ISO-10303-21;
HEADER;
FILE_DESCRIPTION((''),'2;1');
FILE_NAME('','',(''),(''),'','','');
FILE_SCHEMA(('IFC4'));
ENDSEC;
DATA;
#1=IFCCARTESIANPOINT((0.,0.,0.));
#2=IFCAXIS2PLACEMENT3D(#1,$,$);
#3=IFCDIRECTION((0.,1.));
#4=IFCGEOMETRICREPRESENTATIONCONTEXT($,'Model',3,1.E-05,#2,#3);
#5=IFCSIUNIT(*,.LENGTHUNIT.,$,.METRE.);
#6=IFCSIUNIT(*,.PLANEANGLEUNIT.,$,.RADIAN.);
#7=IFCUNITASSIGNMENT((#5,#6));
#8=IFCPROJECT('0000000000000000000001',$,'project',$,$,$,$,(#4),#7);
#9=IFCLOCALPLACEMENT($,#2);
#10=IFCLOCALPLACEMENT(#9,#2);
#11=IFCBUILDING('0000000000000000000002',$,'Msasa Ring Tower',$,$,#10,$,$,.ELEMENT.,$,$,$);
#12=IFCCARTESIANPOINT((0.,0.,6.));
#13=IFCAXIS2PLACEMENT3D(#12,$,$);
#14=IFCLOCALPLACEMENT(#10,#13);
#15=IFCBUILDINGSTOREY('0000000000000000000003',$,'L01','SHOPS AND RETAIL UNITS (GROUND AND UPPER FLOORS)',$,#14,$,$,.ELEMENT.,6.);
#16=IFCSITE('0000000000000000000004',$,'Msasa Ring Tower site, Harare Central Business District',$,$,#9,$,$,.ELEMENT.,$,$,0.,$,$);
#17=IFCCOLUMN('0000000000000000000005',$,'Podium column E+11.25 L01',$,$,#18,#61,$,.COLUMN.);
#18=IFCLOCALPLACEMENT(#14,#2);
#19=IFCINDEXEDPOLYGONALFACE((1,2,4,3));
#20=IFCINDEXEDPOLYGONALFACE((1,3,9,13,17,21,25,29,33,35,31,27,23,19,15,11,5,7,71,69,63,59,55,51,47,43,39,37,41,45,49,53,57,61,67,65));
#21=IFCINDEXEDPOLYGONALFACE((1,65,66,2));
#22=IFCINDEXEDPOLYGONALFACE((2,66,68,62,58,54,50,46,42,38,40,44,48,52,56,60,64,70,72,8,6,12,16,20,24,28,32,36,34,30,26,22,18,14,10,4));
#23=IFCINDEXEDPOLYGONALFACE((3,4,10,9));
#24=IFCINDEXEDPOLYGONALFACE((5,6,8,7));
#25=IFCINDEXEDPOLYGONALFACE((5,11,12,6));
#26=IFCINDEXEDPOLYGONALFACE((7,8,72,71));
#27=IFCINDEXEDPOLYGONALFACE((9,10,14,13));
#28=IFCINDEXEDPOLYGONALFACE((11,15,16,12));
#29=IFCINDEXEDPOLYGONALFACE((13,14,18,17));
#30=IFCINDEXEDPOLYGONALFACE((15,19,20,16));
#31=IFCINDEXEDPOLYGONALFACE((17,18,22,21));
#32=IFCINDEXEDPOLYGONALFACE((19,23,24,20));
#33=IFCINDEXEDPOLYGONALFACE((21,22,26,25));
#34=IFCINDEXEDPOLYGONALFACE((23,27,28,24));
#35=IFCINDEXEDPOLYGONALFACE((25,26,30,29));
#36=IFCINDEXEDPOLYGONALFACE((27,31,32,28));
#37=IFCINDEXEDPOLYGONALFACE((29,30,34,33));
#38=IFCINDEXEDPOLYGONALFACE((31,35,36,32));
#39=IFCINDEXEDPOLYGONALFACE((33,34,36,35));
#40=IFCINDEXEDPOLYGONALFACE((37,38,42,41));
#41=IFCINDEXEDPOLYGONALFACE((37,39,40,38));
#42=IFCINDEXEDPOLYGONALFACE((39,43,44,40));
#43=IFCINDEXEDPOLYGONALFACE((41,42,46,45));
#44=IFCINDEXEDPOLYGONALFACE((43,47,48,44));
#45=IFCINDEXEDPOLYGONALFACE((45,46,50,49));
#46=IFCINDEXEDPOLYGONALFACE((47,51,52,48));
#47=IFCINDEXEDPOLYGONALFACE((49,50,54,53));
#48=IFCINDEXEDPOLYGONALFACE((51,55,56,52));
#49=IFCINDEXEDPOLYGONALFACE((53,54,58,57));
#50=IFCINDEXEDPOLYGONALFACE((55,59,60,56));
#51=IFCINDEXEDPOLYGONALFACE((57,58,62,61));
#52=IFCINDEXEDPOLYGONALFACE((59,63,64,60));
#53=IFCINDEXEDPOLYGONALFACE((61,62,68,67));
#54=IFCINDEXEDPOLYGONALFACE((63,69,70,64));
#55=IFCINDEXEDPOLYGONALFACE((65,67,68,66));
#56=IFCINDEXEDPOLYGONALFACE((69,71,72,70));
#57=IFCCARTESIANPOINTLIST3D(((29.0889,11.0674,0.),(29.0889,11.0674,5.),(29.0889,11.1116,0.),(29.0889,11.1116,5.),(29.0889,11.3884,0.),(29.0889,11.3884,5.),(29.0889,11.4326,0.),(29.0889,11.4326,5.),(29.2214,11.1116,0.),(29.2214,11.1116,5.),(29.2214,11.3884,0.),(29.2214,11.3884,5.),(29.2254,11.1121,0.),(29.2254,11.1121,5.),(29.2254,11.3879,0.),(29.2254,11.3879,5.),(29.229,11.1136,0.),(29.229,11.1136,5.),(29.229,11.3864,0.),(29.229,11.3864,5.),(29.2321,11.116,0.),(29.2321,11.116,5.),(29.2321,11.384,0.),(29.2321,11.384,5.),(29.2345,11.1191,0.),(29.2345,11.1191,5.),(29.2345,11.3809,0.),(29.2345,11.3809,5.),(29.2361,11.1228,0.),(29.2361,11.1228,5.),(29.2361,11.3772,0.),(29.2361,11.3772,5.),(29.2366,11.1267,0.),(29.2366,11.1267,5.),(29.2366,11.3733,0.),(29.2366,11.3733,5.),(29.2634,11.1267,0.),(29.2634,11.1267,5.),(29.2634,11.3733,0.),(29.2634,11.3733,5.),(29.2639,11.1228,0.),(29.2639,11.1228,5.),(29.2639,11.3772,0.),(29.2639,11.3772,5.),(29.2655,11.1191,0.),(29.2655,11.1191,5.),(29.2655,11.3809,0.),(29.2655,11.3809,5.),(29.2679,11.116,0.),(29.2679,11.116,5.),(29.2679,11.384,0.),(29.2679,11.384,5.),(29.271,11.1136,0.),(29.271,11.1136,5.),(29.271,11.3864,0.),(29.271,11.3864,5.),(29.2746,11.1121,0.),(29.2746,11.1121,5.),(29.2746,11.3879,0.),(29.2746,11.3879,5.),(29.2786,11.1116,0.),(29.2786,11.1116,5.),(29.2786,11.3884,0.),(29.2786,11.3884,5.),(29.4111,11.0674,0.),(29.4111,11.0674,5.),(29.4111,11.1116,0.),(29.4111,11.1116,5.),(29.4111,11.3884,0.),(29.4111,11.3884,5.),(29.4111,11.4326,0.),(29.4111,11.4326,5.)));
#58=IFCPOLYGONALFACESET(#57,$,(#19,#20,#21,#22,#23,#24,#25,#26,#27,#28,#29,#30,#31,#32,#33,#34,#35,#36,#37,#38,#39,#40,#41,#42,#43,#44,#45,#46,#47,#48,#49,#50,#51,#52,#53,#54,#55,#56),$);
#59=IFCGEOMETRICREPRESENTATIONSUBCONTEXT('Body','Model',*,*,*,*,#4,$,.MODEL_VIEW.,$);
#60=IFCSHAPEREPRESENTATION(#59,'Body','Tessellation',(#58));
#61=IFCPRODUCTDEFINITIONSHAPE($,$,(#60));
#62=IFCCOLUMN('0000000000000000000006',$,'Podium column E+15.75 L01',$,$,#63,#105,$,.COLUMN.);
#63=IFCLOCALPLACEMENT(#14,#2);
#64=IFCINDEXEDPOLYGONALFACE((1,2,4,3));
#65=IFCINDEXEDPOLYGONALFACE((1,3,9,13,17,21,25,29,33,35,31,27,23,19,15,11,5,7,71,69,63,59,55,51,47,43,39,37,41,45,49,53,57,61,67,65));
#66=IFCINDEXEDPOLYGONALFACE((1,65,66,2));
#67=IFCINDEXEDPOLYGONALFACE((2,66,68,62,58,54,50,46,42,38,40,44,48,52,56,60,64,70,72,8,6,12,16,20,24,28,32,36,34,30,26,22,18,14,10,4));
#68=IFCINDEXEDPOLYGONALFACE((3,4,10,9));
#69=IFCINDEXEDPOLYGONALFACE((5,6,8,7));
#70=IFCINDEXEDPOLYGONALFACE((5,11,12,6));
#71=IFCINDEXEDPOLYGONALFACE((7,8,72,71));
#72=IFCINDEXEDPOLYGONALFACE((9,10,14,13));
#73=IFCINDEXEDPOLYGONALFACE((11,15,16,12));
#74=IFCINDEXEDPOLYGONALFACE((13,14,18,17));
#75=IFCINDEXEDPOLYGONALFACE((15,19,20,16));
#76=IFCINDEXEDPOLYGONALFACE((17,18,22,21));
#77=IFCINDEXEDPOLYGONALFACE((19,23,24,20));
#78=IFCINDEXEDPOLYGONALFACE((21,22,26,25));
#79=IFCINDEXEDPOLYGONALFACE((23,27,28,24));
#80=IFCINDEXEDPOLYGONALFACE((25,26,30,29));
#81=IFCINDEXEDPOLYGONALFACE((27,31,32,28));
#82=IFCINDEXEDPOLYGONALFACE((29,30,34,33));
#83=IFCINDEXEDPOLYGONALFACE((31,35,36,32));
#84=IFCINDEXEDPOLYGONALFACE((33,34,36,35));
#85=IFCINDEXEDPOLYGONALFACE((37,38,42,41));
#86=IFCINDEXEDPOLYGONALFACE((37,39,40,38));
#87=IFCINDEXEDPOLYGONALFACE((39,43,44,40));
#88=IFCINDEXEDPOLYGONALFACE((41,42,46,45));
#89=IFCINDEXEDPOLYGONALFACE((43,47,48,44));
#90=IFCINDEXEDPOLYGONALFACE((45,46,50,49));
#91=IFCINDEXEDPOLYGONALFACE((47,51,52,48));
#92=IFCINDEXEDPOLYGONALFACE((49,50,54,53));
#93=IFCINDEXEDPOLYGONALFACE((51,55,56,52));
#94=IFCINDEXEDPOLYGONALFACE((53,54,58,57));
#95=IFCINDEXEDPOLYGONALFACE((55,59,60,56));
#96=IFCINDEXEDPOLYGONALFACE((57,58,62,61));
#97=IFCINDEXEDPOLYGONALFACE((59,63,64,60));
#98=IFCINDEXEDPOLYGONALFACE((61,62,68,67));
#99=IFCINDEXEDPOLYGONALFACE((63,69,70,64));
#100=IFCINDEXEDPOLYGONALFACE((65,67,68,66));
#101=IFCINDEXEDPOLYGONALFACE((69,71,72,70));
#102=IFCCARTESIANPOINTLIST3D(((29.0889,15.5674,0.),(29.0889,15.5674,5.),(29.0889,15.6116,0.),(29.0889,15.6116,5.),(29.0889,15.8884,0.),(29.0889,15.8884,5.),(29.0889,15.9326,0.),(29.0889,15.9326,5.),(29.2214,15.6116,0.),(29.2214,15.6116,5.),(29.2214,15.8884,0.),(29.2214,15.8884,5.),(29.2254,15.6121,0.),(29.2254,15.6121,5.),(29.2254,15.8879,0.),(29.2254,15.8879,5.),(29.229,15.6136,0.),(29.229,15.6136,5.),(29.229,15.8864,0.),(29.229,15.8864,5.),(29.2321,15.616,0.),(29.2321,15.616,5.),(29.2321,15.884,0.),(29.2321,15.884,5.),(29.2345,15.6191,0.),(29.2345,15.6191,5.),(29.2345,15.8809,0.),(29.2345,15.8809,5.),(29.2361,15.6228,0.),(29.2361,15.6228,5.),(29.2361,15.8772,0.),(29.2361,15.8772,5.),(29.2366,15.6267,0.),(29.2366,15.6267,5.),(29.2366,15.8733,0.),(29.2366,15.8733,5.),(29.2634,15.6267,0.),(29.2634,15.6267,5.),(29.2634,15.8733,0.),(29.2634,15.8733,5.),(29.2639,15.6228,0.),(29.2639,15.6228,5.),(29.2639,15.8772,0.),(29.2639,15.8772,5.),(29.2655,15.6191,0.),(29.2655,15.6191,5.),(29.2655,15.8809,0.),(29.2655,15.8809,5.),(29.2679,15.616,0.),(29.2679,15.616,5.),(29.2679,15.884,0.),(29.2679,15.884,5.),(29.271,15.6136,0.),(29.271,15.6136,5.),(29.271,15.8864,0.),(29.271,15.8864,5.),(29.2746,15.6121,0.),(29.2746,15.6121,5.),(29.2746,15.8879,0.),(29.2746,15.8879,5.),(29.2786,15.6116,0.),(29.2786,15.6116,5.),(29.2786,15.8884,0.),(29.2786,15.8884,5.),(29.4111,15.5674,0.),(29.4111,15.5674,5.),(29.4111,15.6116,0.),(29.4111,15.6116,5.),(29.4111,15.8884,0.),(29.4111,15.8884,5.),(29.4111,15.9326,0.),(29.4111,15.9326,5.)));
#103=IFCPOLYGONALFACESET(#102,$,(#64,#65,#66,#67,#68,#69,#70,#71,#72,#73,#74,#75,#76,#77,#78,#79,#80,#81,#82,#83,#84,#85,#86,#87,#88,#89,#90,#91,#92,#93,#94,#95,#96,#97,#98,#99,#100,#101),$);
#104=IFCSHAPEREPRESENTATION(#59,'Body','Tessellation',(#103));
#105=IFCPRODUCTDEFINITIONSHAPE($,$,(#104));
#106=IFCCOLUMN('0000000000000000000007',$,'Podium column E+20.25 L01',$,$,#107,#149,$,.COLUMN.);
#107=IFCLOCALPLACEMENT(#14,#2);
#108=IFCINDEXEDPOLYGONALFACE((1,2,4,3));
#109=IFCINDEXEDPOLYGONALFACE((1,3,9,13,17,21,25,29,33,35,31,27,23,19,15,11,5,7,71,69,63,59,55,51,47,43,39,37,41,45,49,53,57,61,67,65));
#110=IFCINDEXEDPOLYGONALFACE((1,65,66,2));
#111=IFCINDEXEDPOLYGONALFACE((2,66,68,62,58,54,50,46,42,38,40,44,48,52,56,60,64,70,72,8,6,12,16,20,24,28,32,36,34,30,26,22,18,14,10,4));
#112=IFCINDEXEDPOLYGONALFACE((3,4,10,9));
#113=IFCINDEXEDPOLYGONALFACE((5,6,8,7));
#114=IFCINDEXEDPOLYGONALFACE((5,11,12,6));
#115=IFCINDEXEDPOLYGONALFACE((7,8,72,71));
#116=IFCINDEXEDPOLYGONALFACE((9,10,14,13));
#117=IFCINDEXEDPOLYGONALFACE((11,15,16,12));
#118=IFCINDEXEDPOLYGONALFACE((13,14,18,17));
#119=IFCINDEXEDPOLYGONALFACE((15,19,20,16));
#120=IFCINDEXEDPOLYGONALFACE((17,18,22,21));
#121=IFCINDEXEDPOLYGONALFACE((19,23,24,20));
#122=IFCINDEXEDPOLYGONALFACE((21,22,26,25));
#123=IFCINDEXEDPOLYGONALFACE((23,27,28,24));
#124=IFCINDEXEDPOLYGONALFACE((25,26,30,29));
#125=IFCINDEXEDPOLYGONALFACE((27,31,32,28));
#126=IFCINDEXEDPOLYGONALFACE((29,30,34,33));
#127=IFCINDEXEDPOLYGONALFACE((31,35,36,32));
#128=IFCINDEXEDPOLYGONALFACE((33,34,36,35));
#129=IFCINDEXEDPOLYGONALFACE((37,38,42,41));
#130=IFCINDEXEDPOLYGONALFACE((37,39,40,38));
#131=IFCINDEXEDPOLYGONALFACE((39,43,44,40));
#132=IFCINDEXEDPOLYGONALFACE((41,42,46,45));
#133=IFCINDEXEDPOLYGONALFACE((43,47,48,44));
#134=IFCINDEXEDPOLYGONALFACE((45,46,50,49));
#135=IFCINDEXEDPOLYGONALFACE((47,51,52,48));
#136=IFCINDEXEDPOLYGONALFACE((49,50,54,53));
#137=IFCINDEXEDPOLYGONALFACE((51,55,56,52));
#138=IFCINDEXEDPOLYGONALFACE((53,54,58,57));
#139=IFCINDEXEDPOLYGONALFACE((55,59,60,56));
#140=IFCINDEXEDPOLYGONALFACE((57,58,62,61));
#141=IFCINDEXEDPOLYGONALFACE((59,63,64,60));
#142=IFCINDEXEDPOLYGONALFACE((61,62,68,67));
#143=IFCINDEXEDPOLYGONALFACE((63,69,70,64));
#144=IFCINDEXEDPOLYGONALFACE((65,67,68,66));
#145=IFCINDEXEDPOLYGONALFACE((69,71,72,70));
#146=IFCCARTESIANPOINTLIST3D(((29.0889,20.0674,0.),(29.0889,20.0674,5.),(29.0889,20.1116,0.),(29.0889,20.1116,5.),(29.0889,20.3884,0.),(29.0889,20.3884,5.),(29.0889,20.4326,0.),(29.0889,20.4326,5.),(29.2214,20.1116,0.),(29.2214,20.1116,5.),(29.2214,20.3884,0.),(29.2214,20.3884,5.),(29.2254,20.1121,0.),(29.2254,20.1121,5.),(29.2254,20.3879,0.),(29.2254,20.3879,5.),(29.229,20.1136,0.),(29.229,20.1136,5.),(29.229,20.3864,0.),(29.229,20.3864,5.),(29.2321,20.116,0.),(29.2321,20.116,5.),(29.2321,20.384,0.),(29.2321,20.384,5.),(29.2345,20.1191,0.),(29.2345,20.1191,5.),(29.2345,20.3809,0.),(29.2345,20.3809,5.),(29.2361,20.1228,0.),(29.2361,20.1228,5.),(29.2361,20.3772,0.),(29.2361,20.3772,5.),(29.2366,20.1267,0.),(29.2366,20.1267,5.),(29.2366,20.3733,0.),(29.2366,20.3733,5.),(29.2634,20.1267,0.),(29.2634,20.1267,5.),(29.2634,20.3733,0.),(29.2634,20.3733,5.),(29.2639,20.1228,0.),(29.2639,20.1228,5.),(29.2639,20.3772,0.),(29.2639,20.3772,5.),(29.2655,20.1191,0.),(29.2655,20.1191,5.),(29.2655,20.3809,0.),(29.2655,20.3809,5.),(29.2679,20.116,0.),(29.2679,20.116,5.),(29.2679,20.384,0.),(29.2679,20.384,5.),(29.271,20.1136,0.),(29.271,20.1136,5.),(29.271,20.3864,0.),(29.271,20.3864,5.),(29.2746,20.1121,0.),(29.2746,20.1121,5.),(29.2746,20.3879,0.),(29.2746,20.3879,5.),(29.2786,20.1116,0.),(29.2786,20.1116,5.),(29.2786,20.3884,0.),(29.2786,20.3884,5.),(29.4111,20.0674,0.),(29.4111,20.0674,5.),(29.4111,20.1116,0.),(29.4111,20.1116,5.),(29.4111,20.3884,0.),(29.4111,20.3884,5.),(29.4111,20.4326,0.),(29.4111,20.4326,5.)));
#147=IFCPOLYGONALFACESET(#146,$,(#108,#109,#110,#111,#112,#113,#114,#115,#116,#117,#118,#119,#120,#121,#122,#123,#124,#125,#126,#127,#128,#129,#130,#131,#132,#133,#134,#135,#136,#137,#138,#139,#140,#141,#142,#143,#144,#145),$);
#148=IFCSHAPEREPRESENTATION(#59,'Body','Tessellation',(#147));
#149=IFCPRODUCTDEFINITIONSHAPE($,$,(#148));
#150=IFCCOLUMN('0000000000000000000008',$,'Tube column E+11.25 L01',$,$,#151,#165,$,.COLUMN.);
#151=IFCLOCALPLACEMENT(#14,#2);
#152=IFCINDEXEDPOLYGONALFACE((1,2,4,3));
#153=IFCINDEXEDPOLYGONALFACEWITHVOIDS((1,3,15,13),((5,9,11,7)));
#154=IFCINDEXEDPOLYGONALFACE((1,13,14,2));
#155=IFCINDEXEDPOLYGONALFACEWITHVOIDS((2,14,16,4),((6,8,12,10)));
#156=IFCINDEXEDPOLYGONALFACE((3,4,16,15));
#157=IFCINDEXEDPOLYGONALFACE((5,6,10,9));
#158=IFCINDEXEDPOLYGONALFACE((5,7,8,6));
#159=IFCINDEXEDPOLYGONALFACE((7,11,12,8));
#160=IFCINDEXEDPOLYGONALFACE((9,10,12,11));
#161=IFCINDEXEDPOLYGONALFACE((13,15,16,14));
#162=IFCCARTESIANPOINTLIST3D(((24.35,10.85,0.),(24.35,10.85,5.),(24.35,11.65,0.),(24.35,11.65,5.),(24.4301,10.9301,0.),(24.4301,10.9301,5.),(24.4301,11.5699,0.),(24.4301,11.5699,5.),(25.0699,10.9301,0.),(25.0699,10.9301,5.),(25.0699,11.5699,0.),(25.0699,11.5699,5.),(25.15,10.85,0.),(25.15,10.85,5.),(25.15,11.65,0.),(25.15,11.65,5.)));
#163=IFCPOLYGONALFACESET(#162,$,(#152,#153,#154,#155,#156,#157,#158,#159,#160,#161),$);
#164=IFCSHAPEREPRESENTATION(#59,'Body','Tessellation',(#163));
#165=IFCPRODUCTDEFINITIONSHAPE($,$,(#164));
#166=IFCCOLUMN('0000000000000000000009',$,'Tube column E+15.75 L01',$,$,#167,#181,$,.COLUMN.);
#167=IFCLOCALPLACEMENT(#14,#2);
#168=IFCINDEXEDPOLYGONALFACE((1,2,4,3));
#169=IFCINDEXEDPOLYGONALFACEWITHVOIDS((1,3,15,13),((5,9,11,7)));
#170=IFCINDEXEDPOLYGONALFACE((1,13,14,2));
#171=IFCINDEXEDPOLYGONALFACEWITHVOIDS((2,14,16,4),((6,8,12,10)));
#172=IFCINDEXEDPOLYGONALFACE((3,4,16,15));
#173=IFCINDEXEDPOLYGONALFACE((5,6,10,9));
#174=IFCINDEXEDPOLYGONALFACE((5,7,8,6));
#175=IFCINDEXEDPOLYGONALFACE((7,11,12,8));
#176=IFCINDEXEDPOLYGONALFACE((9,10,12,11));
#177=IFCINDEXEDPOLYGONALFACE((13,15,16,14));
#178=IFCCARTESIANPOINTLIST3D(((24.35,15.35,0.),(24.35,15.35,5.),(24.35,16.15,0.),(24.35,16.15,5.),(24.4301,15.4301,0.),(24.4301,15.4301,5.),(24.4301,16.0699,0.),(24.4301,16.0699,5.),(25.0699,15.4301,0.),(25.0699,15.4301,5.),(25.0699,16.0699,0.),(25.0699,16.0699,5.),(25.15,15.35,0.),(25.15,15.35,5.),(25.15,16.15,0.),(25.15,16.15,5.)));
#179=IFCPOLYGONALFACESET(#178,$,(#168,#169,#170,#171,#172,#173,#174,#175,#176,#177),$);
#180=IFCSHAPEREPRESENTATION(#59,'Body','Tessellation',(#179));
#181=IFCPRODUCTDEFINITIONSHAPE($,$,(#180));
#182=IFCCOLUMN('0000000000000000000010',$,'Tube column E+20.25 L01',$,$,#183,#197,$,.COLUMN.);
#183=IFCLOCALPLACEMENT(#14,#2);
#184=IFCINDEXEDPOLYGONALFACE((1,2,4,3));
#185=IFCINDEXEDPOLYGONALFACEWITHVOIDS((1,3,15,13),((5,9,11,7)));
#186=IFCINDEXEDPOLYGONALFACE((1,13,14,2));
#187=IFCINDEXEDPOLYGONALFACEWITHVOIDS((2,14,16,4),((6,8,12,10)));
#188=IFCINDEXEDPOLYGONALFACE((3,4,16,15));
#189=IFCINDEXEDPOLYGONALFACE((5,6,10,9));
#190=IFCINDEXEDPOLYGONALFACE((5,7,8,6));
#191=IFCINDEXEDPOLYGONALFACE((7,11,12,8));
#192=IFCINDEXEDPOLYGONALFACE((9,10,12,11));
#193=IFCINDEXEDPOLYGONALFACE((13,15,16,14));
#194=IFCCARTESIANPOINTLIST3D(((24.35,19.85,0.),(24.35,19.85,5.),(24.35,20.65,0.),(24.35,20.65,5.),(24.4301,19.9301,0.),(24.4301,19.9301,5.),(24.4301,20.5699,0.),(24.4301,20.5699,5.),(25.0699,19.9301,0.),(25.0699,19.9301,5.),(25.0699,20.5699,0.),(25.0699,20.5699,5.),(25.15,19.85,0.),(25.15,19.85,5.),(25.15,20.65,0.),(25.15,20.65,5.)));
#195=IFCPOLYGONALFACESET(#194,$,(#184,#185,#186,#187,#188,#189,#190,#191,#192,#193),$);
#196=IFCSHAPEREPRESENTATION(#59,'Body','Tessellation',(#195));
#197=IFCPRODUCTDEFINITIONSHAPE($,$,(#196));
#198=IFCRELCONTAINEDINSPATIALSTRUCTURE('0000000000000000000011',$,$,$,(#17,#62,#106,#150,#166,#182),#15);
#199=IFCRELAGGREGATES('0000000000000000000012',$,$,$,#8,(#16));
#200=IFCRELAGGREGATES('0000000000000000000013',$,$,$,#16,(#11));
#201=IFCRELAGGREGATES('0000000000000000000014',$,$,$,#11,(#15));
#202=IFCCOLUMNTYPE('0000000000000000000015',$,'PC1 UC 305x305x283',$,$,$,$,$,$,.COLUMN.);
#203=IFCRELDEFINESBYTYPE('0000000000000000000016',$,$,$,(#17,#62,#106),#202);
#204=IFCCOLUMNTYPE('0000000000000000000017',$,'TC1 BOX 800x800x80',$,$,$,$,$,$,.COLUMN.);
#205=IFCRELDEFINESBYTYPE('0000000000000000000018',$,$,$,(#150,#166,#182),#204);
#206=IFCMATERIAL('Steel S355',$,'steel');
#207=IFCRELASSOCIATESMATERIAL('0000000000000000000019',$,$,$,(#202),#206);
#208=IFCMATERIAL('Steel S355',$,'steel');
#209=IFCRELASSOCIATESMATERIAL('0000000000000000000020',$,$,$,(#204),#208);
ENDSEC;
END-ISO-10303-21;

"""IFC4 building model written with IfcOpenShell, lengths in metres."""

from ifc_helpers import new_model, si_unit, direction, frame, origin, origin_2d, place, context, subcontext, project, spatial, hollow_rectangle, i_section, extrude, material, material_profile, profile_set, type_object, element, save


model = new_model("IFC4")

# Units and contexts
model_context = context("Model", 3, precision=1e-05, world=origin(), true_north=direction((0.0, 1.0)))
body_context = subcontext(model_context, "Body", "Model", "MODEL_VIEW")
ifc_project = project(units=[si_unit("LENGTHUNIT", "METRE"), si_unit("PLANEANGLEUNIT", "RADIAN")], contexts=[model_context])

# Site, building, storey
site_placement = place(None, origin())
site = spatial("IfcSite", under=ifc_project, at=site_placement, Name="Msasa Ring Tower site, Harare Central Business District", CompositionType="ELEMENT", RefElevation=0.0)
building_placement = place(site_placement, origin())
building = spatial("IfcBuilding", under=site, at=building_placement, Name="Msasa Ring Tower", CompositionType="ELEMENT")
storey_placement = place(building_placement, frame((0.0, 0.0, 6.0)))
storey = spatial("IfcBuildingStorey", under=building, at=storey_placement, Name="L01", Description="SHOPS AND RETAIL UNITS (GROUND AND UPPER FLOORS)", CompositionType="ELEMENT", Elevation=6.0)

# Columns
ifc_material_1 = material(Name="Steel S355", Category="steel")
ifc_material_profile_1 = material_profile(ifc_material_1, i_section(OverallWidth=0.3223, OverallDepth=0.3652, WebThickness=0.0269, FlangeThickness=0.0442, FilletRadius=0.0151, at=origin_2d()), Name="UC 305x305x283")
ifc_profile_set_1 = profile_set([ifc_material_profile_1], Name="Steel S355")
column_type_1 = type_object("IfcColumnType", Name="PC1 UC 305x305x283", PredefinedType="COLUMN", material=ifc_profile_set_1)
for number, where, z_axis, x_axis, name in (
    (1, (29.25, 11.25, 0.0), (0.0, 0.0, 1.0), (1.0, 0.0, 0.0), "Podium column E+11.25 L01"),
    (2, (29.25, 15.75, 0.0), (0.0, 0.0, 1.0), (1.0, 0.0, 0.0), "Podium column E+15.75 L01"),
    (3, (29.25, 20.25, 0.0), (0.0, 0.0, 1.0), (1.0, 0.0, 0.0), "Podium column E+20.25 L01"),
):
    element("IfcColumn", number, at=place(storey_placement, frame(where, z_axis=z_axis, x_axis=x_axis)), inside=storey, type_object=column_type_1, Name=name, PredefinedType="COLUMN", context=body_context, shape_type="SweptSolid", body=[
        extrude(i_section(OverallWidth=0.3223, OverallDepth=0.3652, WebThickness=0.0269, FlangeThickness=0.0442, FilletRadius=0.0151, at=origin_2d()), origin(), (0.0, 0.0, 1.0), 5.0),
    ])
ifc_material_2 = material(Name="Steel S355", Category="steel")
ifc_material_profile_2 = material_profile(ifc_material_2, hollow_rectangle(XDim=0.8, YDim=0.8, WallThickness=0.0801, at=origin_2d()), Name="BOX 800x800x80")
ifc_profile_set_2 = profile_set([ifc_material_profile_2], Name="Steel S355")
column_type_2 = type_object("IfcColumnType", Name="TC1 BOX 800x800x80", PredefinedType="COLUMN", material=ifc_profile_set_2)
for number, where, z_axis, x_axis, name in (
    (4, (24.75, 11.25, 0.0), (0.0, 0.0, 1.0), (1.0, 0.0, 0.0), "Tube column E+11.25 L01"),
    (5, (24.75, 15.75, 0.0), (0.0, 0.0, 1.0), (1.0, 0.0, 0.0), "Tube column E+15.75 L01"),
    (6, (24.75, 20.25, 0.0), (0.0, 0.0, 1.0), (1.0, 0.0, 0.0), "Tube column E+20.25 L01"),
):
    element("IfcColumn", number, at=place(storey_placement, frame(where, z_axis=z_axis, x_axis=x_axis)), inside=storey, type_object=column_type_2, Name=name, PredefinedType="COLUMN", context=body_context, shape_type="SweptSolid", body=[
        extrude(hollow_rectangle(XDim=0.8, YDim=0.8, WallThickness=0.0801, at=origin_2d()), origin(), (0.0, 0.0, 1.0), 5.0),
    ])

save(model, "model.ifc")
